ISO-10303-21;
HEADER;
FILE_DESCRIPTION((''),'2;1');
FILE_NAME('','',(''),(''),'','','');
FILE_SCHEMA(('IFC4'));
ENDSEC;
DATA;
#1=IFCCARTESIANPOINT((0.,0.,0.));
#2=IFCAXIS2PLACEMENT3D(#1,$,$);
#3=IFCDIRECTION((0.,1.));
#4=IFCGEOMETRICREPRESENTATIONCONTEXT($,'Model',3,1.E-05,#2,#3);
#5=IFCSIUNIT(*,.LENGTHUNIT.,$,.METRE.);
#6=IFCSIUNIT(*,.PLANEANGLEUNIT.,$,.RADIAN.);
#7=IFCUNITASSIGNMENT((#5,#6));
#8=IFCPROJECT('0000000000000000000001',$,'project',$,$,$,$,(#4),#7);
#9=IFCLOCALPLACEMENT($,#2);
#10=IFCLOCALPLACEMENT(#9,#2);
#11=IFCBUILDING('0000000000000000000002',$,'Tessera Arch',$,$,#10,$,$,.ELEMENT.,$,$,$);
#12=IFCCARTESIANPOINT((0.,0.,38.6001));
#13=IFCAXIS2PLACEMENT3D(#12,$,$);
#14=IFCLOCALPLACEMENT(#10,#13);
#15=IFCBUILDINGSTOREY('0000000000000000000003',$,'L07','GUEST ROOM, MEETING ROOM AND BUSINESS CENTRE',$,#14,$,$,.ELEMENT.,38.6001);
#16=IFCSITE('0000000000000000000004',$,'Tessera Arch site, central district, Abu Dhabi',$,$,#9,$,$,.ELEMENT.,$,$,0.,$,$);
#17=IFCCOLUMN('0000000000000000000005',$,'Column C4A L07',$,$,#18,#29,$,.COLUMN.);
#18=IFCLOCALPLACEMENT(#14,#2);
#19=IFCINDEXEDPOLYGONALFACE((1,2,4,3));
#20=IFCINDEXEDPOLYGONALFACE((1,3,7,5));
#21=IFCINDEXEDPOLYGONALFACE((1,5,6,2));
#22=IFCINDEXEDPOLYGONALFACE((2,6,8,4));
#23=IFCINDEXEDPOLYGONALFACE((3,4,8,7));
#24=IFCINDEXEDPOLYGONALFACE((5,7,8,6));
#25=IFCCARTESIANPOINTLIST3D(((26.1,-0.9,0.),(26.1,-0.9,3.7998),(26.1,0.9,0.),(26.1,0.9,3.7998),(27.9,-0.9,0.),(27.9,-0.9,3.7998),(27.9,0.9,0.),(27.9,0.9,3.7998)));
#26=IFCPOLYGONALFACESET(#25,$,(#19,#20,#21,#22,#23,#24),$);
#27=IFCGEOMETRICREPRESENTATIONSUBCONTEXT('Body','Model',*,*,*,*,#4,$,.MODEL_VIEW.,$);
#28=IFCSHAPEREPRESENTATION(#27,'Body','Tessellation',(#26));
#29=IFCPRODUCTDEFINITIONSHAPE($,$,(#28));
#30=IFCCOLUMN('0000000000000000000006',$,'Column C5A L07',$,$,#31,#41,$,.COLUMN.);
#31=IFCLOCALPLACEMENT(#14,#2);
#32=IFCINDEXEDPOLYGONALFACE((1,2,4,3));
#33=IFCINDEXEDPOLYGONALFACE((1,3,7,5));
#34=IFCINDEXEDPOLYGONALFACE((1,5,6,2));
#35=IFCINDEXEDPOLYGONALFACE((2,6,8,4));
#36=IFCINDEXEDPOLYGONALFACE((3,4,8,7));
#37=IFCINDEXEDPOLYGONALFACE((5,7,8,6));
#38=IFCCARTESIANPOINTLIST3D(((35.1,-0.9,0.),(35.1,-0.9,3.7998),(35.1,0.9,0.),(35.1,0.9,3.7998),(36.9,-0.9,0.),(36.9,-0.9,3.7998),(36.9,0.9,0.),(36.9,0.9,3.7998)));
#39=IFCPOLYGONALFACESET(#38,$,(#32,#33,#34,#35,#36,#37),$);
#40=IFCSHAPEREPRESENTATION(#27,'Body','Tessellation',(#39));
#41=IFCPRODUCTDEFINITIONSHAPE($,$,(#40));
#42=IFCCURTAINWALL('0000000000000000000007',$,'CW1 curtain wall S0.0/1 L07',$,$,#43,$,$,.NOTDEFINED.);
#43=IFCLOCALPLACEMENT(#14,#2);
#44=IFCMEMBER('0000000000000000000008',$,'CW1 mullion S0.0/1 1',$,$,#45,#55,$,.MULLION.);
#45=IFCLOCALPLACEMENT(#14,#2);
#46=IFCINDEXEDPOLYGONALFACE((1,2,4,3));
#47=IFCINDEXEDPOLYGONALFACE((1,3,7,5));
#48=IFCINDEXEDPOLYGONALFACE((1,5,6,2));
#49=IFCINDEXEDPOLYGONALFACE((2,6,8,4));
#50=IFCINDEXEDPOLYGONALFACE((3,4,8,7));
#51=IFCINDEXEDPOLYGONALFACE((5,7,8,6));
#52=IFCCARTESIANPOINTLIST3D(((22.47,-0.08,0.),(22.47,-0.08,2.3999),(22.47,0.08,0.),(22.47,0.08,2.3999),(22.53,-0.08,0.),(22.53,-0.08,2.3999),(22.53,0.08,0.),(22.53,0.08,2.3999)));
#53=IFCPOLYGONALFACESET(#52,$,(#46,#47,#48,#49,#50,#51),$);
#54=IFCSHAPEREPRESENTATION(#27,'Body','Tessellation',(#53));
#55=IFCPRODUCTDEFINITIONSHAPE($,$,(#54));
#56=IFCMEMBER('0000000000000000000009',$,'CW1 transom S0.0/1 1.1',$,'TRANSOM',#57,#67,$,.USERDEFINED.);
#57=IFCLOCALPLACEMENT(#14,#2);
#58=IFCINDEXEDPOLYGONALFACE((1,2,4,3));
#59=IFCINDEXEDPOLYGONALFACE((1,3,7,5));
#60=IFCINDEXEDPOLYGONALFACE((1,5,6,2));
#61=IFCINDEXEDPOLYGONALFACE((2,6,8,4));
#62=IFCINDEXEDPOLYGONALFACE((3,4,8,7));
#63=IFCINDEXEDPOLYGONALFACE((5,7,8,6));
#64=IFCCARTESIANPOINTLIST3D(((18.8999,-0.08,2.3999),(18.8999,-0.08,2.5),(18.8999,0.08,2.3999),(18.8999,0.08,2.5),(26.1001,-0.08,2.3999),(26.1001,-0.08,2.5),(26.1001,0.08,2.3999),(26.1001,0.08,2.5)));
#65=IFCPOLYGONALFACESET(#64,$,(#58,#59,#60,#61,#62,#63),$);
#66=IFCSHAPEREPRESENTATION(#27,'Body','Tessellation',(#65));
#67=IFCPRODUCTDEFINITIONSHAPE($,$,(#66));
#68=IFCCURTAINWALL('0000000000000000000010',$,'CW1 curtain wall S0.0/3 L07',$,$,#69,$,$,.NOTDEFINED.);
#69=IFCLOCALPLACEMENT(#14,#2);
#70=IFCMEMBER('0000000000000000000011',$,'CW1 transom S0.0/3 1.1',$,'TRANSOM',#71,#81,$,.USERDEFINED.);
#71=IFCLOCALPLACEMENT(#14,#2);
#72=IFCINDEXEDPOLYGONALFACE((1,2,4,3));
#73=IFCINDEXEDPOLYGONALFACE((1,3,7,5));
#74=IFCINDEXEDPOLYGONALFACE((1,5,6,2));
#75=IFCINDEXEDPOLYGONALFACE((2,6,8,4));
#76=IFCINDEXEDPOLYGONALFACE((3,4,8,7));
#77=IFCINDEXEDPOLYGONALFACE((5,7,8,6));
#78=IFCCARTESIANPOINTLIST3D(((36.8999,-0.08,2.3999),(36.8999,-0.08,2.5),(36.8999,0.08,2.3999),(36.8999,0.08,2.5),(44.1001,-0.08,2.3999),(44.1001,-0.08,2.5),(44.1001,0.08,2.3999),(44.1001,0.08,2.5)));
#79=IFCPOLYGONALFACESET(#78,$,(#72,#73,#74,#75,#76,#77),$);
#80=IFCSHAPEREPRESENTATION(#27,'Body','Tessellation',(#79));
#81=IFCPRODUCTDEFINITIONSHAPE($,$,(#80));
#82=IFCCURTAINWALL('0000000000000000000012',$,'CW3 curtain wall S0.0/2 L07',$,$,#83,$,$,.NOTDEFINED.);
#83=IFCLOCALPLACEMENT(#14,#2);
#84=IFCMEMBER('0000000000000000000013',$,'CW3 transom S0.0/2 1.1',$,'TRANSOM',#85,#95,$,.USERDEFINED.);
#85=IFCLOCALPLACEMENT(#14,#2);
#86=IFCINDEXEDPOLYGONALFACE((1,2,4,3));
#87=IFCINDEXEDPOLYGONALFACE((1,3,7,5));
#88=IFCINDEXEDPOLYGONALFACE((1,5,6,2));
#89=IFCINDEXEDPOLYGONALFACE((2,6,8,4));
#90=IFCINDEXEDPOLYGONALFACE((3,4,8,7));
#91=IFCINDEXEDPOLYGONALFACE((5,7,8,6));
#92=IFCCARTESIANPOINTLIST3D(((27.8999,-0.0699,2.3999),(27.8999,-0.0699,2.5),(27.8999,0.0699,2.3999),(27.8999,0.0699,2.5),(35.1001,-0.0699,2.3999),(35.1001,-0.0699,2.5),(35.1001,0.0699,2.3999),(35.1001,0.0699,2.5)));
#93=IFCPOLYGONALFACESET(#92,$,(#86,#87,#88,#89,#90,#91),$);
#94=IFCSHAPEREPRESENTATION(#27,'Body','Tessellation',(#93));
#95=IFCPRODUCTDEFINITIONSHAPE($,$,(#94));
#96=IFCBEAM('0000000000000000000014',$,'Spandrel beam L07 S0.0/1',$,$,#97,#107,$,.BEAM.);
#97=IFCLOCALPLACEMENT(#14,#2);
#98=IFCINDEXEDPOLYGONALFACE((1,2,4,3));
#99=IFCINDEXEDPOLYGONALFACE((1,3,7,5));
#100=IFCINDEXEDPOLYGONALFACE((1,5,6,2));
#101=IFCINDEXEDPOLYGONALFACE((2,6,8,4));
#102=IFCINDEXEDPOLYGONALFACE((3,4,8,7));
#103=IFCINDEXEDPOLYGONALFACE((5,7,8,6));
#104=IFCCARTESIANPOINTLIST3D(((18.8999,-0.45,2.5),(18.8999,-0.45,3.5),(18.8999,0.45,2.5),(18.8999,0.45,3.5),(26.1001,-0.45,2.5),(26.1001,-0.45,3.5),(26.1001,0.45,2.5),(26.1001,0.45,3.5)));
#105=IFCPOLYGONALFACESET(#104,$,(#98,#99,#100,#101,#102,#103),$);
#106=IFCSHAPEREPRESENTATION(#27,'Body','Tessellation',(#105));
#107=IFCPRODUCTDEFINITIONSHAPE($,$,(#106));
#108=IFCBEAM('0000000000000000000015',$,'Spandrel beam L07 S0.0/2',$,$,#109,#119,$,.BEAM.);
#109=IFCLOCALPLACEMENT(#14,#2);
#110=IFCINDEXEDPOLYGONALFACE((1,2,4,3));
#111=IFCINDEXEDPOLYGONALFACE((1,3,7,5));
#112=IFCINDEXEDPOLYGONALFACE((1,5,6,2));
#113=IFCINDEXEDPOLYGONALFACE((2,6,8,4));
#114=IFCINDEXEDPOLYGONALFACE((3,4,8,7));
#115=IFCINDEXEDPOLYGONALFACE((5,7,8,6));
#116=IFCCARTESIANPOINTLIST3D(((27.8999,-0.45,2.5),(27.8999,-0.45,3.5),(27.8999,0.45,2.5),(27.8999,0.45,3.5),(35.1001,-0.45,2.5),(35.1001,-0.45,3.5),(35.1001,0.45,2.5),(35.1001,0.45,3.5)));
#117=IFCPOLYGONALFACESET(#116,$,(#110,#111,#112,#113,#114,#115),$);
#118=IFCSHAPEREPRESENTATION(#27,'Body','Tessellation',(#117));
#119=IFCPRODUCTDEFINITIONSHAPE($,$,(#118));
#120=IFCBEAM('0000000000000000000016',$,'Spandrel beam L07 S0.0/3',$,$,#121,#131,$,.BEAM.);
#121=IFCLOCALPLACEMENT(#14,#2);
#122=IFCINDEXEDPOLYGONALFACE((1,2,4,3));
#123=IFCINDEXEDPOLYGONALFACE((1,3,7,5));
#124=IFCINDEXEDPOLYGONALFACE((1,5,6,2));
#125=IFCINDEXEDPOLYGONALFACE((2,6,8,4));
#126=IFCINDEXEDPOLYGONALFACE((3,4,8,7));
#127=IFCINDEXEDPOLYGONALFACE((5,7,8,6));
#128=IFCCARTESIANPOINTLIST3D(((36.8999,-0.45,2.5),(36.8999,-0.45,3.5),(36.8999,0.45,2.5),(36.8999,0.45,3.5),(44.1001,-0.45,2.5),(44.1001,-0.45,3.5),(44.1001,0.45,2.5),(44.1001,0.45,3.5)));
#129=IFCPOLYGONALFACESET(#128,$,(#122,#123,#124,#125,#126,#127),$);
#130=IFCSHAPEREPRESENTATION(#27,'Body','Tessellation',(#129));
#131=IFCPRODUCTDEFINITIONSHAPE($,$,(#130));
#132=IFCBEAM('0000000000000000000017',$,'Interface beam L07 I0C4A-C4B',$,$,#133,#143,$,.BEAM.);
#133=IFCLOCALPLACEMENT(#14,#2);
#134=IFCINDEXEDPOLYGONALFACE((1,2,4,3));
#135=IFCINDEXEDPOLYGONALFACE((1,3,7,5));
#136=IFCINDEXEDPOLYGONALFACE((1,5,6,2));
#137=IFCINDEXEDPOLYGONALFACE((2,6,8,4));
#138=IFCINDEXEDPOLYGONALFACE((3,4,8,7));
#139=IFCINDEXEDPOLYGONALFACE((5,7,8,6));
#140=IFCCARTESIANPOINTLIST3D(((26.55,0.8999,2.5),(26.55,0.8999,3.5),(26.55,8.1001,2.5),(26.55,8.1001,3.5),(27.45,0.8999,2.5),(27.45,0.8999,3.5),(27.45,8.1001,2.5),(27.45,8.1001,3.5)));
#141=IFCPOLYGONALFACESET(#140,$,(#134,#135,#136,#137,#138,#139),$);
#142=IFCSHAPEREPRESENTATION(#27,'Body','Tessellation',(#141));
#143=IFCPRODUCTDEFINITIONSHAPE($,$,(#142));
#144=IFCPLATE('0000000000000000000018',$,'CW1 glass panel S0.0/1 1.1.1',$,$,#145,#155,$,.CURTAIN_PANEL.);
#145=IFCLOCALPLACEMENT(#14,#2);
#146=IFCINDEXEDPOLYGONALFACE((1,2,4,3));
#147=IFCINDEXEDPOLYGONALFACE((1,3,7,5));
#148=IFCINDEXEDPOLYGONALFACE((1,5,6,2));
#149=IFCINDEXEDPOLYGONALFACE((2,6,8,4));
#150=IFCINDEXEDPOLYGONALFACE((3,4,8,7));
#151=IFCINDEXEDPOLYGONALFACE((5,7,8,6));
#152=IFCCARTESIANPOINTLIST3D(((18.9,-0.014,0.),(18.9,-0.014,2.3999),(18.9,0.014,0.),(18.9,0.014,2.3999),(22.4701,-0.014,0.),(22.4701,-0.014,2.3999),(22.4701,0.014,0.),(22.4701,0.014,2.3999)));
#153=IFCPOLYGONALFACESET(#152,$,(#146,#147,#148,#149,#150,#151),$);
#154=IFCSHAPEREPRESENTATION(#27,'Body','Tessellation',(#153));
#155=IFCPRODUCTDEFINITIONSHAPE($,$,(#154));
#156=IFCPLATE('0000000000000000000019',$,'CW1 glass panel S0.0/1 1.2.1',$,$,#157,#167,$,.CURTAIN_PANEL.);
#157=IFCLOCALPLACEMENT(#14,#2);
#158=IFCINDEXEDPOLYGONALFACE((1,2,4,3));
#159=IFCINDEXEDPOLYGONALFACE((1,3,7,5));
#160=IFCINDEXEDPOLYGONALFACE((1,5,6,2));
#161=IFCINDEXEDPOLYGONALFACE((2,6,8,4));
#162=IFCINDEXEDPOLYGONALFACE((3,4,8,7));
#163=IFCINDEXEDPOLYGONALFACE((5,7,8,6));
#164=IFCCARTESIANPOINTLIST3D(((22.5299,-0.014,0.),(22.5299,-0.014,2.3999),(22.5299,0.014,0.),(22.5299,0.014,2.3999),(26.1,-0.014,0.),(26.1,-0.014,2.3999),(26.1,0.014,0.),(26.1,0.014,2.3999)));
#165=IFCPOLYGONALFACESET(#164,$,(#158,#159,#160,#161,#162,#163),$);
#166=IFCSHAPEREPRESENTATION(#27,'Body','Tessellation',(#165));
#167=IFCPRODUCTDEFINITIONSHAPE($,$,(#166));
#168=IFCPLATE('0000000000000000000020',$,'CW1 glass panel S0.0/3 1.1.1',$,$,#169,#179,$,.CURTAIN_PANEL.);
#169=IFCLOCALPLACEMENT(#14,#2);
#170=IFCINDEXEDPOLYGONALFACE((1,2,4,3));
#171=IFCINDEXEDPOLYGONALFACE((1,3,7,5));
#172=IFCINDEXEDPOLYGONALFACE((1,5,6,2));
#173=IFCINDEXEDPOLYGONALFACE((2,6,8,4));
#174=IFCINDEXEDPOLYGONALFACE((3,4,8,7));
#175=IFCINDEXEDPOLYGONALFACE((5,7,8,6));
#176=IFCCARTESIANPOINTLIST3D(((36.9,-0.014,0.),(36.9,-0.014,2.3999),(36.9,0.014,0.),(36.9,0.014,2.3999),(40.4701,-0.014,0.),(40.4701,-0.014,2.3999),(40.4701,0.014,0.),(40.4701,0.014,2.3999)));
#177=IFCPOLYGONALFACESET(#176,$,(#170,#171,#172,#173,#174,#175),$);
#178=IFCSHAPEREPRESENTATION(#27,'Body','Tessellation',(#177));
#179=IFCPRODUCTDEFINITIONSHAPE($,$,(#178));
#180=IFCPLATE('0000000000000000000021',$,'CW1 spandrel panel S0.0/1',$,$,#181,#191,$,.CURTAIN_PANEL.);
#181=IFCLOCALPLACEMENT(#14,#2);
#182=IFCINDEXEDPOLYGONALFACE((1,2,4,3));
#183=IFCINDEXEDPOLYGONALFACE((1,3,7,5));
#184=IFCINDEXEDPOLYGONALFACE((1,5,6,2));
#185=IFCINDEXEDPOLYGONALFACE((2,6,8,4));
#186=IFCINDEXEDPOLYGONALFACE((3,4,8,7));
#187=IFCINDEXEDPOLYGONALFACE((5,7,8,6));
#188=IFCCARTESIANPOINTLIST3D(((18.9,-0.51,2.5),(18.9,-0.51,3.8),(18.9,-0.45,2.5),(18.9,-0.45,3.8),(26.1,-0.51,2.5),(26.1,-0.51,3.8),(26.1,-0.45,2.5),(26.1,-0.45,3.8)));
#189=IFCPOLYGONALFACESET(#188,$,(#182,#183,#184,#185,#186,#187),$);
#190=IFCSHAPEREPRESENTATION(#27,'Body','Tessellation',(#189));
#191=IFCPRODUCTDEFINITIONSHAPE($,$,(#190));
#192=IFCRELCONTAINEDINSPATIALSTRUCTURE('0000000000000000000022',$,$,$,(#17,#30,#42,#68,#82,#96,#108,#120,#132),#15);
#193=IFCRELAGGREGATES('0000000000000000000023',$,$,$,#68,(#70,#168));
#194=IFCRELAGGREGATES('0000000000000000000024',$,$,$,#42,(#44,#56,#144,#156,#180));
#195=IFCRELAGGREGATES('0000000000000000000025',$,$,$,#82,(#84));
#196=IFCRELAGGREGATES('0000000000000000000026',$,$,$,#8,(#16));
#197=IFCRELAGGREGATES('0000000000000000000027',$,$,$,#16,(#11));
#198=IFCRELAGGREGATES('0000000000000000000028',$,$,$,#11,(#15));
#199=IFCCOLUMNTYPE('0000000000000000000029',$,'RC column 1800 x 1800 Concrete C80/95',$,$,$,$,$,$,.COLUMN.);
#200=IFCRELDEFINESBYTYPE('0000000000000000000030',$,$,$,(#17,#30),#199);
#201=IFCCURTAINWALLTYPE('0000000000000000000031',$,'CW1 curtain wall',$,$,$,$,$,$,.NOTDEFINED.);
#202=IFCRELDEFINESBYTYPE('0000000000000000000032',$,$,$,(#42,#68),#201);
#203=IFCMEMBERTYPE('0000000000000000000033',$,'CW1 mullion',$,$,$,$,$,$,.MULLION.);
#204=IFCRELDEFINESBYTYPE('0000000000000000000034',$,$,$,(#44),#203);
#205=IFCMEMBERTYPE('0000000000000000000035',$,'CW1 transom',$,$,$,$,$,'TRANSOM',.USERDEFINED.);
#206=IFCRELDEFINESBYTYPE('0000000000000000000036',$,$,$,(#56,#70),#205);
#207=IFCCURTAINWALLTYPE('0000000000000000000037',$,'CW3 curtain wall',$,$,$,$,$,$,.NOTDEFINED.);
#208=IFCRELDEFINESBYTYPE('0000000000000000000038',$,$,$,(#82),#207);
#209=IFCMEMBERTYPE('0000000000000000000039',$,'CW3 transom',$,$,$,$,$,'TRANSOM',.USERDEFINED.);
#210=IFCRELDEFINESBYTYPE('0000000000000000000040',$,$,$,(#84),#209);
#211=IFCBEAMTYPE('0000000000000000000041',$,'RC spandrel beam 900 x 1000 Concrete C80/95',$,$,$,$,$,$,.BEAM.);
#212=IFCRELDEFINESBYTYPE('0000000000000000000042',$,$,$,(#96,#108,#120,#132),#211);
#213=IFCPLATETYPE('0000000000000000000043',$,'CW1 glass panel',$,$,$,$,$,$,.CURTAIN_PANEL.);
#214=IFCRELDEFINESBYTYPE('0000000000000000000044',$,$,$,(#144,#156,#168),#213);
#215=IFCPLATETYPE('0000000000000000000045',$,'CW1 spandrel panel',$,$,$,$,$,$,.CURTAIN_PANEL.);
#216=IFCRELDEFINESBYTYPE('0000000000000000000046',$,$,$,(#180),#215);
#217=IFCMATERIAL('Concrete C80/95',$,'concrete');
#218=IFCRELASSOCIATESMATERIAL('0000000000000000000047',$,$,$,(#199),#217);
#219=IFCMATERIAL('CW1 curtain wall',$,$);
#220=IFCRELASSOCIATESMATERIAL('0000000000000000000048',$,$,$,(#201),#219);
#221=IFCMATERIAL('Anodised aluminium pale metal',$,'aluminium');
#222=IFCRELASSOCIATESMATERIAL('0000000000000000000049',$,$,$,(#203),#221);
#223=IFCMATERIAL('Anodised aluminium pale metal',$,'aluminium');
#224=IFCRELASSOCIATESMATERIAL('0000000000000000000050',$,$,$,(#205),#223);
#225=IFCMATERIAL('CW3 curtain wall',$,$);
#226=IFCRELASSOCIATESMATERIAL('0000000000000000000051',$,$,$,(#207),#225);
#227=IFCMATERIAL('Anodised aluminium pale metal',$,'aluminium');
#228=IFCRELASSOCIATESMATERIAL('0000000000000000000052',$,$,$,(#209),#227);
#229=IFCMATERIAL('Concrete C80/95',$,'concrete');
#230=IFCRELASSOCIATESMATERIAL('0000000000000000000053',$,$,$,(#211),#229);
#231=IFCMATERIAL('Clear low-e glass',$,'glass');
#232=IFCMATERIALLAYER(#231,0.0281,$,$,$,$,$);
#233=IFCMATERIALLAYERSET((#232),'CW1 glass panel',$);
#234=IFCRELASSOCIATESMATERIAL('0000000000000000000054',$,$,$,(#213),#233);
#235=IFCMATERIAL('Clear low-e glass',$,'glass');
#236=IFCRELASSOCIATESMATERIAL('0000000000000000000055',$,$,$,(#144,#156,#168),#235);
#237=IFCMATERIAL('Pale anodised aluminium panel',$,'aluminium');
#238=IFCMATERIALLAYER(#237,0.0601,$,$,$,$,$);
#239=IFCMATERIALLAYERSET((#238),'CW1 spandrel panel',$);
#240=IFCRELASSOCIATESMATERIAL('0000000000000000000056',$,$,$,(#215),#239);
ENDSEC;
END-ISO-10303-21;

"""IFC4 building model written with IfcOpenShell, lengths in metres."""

from ifc_helpers import new_model, si_unit, direction, frame, origin, origin_2d, place, context, subcontext, project, spatial, rectangle, extrude, material, layer, layer_set, material_profile, profile_set, type_object, element, aggregate, save


model = new_model("IFC4")

# Units and contexts
model_context = context("Model", 3, precision=1e-05, world=origin(), true_north=direction((0.0, 1.0)))
body_context = subcontext(model_context, "Body", "Model", "MODEL_VIEW")
ifc_project = project(units=[si_unit("LENGTHUNIT", "METRE"), si_unit("PLANEANGLEUNIT", "RADIAN")], contexts=[model_context])

# Site, building, storey
site_placement = place(None, origin())
site = spatial("IfcSite", under=ifc_project, at=site_placement, Name="Tessera Arch site, central district, Abu Dhabi", CompositionType="ELEMENT", RefElevation=0.0)
building_placement = place(site_placement, origin())
building = spatial("IfcBuilding", under=site, at=building_placement, Name="Tessera Arch", CompositionType="ELEMENT")
storey_placement = place(building_placement, frame((0.0, 0.0, 38.6001)))
storey = spatial("IfcBuildingStorey", under=building, at=storey_placement, Name="L07", Description="GUEST ROOM, MEETING ROOM AND BUSINESS CENTRE", CompositionType="ELEMENT", Elevation=38.6001)

# Columns
ifc_material_1 = material(Name="Concrete C80/95", Category="concrete")
ifc_material_profile_1 = material_profile(ifc_material_1, rectangle(XDim=1.8, YDim=1.8, at=origin_2d()), Name="RC column 1800 x 1800 Concrete C80/95")
ifc_profile_set_1 = profile_set([ifc_material_profile_1], Name="Concrete C80/95")
column_type = type_object("IfcColumnType", Name="RC column 1800 x 1800 Concrete C80/95", PredefinedType="COLUMN", material=ifc_profile_set_1)
for number, where, z_axis, x_axis, name in (
    (1, (27.0, 0.0, 0.0), (0.0, 0.0, 1.0), (1.0, 0.0, 0.0), "Column C4A L07"),
    (2, (36.0, 0.0, 0.0), (0.0, 0.0, 1.0), (1.0, 0.0, 0.0), "Column C5A L07"),
):
    element("IfcColumn", number, at=place(storey_placement, frame(where, z_axis=z_axis, x_axis=x_axis)), inside=storey, type_object=column_type, Name=name, PredefinedType="COLUMN", context=body_context, shape_type="SweptSolid", body=[
        extrude(rectangle(XDim=1.8, YDim=1.8, at=origin_2d()), origin(), (0.0, 0.0, 1.0), 3.7998),
    ])

# Curtain wall, members
ifc_material_2 = material(Name="CW1 curtain wall")
curtain_wall_type_1 = type_object("IfcCurtainWallType", Name="CW1 curtain wall", PredefinedType="NOTDEFINED", material=ifc_material_2)
curtain_wall_1_placement = place(storey_placement, origin())
curtain_wall_1 = element("IfcCurtainWall", 3, at=curtain_wall_1_placement, inside=storey, type_object=curtain_wall_type_1, Name="CW1 curtain wall S0.0/1 L07", PredefinedType="NOTDEFINED")
ifc_material_3 = material(Name="Anodised aluminium pale metal", Category="aluminium")
ifc_material_profile_2 = material_profile(ifc_material_3, rectangle(XDim=0.1599, YDim=0.0601, at=origin_2d()), Name="AL 60x160")
ifc_profile_set_2 = profile_set([ifc_material_profile_2], Name="Anodised aluminium pale metal")
member_type_1 = type_object("IfcMemberType", Name="CW1 mullion", PredefinedType="MULLION", material=ifc_profile_set_2)
member_1_placement = place(storey_placement, frame((22.5, 0.0, 0.0), z_axis=(0.0, 0.0, 1.0), x_axis=(0.0, 1.0, 0.0)))
member_1 = element("IfcMember", 4, at=member_1_placement, type_object=member_type_1, Name="CW1 mullion S0.0/1 1", PredefinedType="MULLION", context=body_context, shape_type="SweptSolid", body=[
    extrude(rectangle(XDim=0.1599, YDim=0.0601, at=origin_2d()), origin(), (0.0, 0.0, 1.0), 2.3999),
])
ifc_material_4 = material(Name="Anodised aluminium pale metal", Category="aluminium")
ifc_material_profile_3 = material_profile(ifc_material_4, rectangle(XDim=0.1599, YDim=0.1001, at=origin_2d()), Name="AL 160x100")
ifc_profile_set_3 = profile_set([ifc_material_profile_3], Name="Anodised aluminium pale metal")
member_type_2 = type_object("IfcMemberType", Name="CW1 transom", ElementType="TRANSOM", PredefinedType="USERDEFINED", material=ifc_profile_set_3)
member_2_placement = place(storey_placement, frame((18.8999, 0.0, 2.45), z_axis=(1.0, 0.0, 0.0), x_axis=(0.0, 1.0, 0.0)))
member_2 = element("IfcMember", 5, at=member_2_placement, type_object=member_type_2, Name="CW1 transom S0.0/1 1.1", ObjectType="TRANSOM", PredefinedType="USERDEFINED", context=body_context, shape_type="SweptSolid", body=[
    extrude(rectangle(XDim=0.1599, YDim=0.1001, at=origin_2d()), origin(), (0.0, 0.0, 1.0), 7.2002),
])

# Curtain walls, members
curtain_wall_2_placement = place(storey_placement, origin())
curtain_wall_2 = element("IfcCurtainWall", 6, at=curtain_wall_2_placement, inside=storey, type_object=curtain_wall_type_1, Name="CW1 curtain wall S0.0/3 L07", PredefinedType="NOTDEFINED")
member_3_placement = place(storey_placement, frame((36.8999, 0.0, 2.45), z_axis=(1.0, 0.0, 0.0), x_axis=(0.0, 1.0, 0.0)))
member_3 = element("IfcMember", 7, at=member_3_placement, type_object=member_type_2, Name="CW1 transom S0.0/3 1.1", ObjectType="TRANSOM", PredefinedType="USERDEFINED", context=body_context, shape_type="SweptSolid", body=[
    extrude(rectangle(XDim=0.1599, YDim=0.1001, at=origin_2d()), origin(), (0.0, 0.0, 1.0), 7.2002),
])
ifc_material_5 = material(Name="CW3 curtain wall")
curtain_wall_type_2 = type_object("IfcCurtainWallType", Name="CW3 curtain wall", PredefinedType="NOTDEFINED", material=ifc_material_5)
curtain_wall_3_placement = place(storey_placement, origin())
curtain_wall_3 = element("IfcCurtainWall", 8, at=curtain_wall_3_placement, inside=storey, type_object=curtain_wall_type_2, Name="CW3 curtain wall S0.0/2 L07", PredefinedType="NOTDEFINED")
ifc_material_6 = material(Name="Anodised aluminium pale metal", Category="aluminium")
ifc_material_profile_4 = material_profile(ifc_material_6, rectangle(XDim=0.1399, YDim=0.1001, at=origin_2d()), Name="AL 140x100")
ifc_profile_set_4 = profile_set([ifc_material_profile_4], Name="Anodised aluminium pale metal")
member_type_3 = type_object("IfcMemberType", Name="CW3 transom", ElementType="TRANSOM", PredefinedType="USERDEFINED", material=ifc_profile_set_4)
member_4_placement = place(storey_placement, frame((27.8999, 0.0, 2.45), z_axis=(1.0, 0.0, 0.0), x_axis=(0.0, 1.0, 0.0)))
member_4 = element("IfcMember", 9, at=member_4_placement, type_object=member_type_3, Name="CW3 transom S0.0/2 1.1", ObjectType="TRANSOM", PredefinedType="USERDEFINED", context=body_context, shape_type="SweptSolid", body=[
    extrude(rectangle(XDim=0.1399, YDim=0.1001, at=origin_2d()), origin(), (0.0, 0.0, 1.0), 7.2002),
])

# Beams
ifc_material_7 = material(Name="Concrete C80/95", Category="concrete")
ifc_material_profile_5 = material_profile(ifc_material_7, rectangle(XDim=0.8999, YDim=1.0, at=origin_2d()), Name="RC spandrel beam 900 x 1000 Concrete C80/95")
ifc_profile_set_5 = profile_set([ifc_material_profile_5], Name="Concrete C80/95")
beam_type = type_object("IfcBeamType", Name="RC spandrel beam 900 x 1000 Concrete C80/95", PredefinedType="BEAM", material=ifc_profile_set_5)
for number, where, z_axis, x_axis, name in (
    (10, (18.8999, 0.0, 3.0), (1.0, 0.0, 0.0), (0.0, 1.0, 0.0), "Spandrel beam L07 S0.0/1"),
    (11, (27.8999, 0.0, 3.0), (1.0, 0.0, 0.0), (0.0, 1.0, 0.0), "Spandrel beam L07 S0.0/2"),
    (12, (36.8999, 0.0, 3.0), (1.0, 0.0, 0.0), (0.0, 1.0, 0.0), "Spandrel beam L07 S0.0/3"),
    (13, (27.0, 0.8999, 3.0), (0.0, 1.0, 0.0), (-1.0, 0.0, 0.0), "Interface beam L07 I0C4A-C4B"),
):
    element("IfcBeam", number, at=place(storey_placement, frame(where, z_axis=z_axis, x_axis=x_axis)), inside=storey, type_object=beam_type, Name=name, PredefinedType="BEAM", context=body_context, shape_type="SweptSolid", body=[
        extrude(rectangle(XDim=0.8999, YDim=1.0, at=origin_2d()), origin(), (0.0, 0.0, 1.0), 7.2002),
    ])

# Plates
ifc_material_8 = material(Name="Clear low-e glass", Category="glass")
ifc_material_9 = material(Name="Clear low-e glass", Category="glass")
ifc_layer_1 = layer(ifc_material_9, 0.0281)
ifc_layer_set_1 = layer_set([ifc_layer_1], Name="CW1 glass panel")
plate_type_1 = type_object("IfcPlateType", Name="CW1 glass panel", PredefinedType="CURTAIN_PANEL", material=ifc_layer_set_1)
plate_1_placement = place(storey_placement, frame((20.6851, 0.0, 0.0), z_axis=(0.0, 0.0, 1.0), x_axis=(1.0, 0.0, 0.0)))
plate_1 = element("IfcPlate", 14, at=plate_1_placement, type_object=plate_type_1, material=ifc_material_8, Name="CW1 glass panel S0.0/1 1.1.1", PredefinedType="CURTAIN_PANEL", context=body_context, shape_type="SweptSolid", body=[
    extrude(rectangle(XDim=3.5701, YDim=0.0281, at=origin_2d()), origin(), (0.0, 0.0, 1.0), 2.3999),
])
plate_2_placement = place(storey_placement, frame((24.3149, 0.0, 0.0), z_axis=(0.0, 0.0, 1.0), x_axis=(1.0, 0.0, 0.0)))
plate_2 = element("IfcPlate", 15, at=plate_2_placement, type_object=plate_type_1, material=ifc_material_8, Name="CW1 glass panel S0.0/1 1.2.1", PredefinedType="CURTAIN_PANEL", context=body_context, shape_type="SweptSolid", body=[
    extrude(rectangle(XDim=3.5701, YDim=0.0281, at=origin_2d()), origin(), (0.0, 0.0, 1.0), 2.3999),
])
plate_3_placement = place(storey_placement, frame((38.6851, 0.0, 0.0), z_axis=(0.0, 0.0, 1.0), x_axis=(1.0, 0.0, 0.0)))
plate_3 = element("IfcPlate", 16, at=plate_3_placement, type_object=plate_type_1, material=ifc_material_8, Name="CW1 glass panel S0.0/3 1.1.1", PredefinedType="CURTAIN_PANEL", context=body_context, shape_type="SweptSolid", body=[
    extrude(rectangle(XDim=3.5701, YDim=0.0281, at=origin_2d()), origin(), (0.0, 0.0, 1.0), 2.3999),
])
aggregate(curtain_wall_2, [member_3, plate_3])
ifc_material_10 = material(Name="Pale anodised aluminium panel", Category="aluminium")
ifc_layer_2 = layer(ifc_material_10, 0.0601)
ifc_layer_set_2 = layer_set([ifc_layer_2], Name="CW1 spandrel panel")
plate_type_2 = type_object("IfcPlateType", Name="CW1 spandrel panel", PredefinedType="CURTAIN_PANEL", material=ifc_layer_set_2)
plate_4_placement = place(storey_placement, frame((22.5, -0.48, 2.5), z_axis=(0.0, 0.0, 1.0), x_axis=(1.0, 0.0, 0.0)))
plate_4 = element("IfcPlate", 17, at=plate_4_placement, type_object=plate_type_2, Name="CW1 spandrel panel S0.0/1", PredefinedType="CURTAIN_PANEL", context=body_context, shape_type="SweptSolid", body=[
    extrude(rectangle(XDim=7.2, YDim=0.0601, at=origin_2d()), origin(), (0.0, 0.0, 1.0), 1.3),
])
aggregate(curtain_wall_1, [member_1, member_2, plate_1, plate_2, plate_4])
aggregate(curtain_wall_3, [member_4])

save(model, "model.ifc")
